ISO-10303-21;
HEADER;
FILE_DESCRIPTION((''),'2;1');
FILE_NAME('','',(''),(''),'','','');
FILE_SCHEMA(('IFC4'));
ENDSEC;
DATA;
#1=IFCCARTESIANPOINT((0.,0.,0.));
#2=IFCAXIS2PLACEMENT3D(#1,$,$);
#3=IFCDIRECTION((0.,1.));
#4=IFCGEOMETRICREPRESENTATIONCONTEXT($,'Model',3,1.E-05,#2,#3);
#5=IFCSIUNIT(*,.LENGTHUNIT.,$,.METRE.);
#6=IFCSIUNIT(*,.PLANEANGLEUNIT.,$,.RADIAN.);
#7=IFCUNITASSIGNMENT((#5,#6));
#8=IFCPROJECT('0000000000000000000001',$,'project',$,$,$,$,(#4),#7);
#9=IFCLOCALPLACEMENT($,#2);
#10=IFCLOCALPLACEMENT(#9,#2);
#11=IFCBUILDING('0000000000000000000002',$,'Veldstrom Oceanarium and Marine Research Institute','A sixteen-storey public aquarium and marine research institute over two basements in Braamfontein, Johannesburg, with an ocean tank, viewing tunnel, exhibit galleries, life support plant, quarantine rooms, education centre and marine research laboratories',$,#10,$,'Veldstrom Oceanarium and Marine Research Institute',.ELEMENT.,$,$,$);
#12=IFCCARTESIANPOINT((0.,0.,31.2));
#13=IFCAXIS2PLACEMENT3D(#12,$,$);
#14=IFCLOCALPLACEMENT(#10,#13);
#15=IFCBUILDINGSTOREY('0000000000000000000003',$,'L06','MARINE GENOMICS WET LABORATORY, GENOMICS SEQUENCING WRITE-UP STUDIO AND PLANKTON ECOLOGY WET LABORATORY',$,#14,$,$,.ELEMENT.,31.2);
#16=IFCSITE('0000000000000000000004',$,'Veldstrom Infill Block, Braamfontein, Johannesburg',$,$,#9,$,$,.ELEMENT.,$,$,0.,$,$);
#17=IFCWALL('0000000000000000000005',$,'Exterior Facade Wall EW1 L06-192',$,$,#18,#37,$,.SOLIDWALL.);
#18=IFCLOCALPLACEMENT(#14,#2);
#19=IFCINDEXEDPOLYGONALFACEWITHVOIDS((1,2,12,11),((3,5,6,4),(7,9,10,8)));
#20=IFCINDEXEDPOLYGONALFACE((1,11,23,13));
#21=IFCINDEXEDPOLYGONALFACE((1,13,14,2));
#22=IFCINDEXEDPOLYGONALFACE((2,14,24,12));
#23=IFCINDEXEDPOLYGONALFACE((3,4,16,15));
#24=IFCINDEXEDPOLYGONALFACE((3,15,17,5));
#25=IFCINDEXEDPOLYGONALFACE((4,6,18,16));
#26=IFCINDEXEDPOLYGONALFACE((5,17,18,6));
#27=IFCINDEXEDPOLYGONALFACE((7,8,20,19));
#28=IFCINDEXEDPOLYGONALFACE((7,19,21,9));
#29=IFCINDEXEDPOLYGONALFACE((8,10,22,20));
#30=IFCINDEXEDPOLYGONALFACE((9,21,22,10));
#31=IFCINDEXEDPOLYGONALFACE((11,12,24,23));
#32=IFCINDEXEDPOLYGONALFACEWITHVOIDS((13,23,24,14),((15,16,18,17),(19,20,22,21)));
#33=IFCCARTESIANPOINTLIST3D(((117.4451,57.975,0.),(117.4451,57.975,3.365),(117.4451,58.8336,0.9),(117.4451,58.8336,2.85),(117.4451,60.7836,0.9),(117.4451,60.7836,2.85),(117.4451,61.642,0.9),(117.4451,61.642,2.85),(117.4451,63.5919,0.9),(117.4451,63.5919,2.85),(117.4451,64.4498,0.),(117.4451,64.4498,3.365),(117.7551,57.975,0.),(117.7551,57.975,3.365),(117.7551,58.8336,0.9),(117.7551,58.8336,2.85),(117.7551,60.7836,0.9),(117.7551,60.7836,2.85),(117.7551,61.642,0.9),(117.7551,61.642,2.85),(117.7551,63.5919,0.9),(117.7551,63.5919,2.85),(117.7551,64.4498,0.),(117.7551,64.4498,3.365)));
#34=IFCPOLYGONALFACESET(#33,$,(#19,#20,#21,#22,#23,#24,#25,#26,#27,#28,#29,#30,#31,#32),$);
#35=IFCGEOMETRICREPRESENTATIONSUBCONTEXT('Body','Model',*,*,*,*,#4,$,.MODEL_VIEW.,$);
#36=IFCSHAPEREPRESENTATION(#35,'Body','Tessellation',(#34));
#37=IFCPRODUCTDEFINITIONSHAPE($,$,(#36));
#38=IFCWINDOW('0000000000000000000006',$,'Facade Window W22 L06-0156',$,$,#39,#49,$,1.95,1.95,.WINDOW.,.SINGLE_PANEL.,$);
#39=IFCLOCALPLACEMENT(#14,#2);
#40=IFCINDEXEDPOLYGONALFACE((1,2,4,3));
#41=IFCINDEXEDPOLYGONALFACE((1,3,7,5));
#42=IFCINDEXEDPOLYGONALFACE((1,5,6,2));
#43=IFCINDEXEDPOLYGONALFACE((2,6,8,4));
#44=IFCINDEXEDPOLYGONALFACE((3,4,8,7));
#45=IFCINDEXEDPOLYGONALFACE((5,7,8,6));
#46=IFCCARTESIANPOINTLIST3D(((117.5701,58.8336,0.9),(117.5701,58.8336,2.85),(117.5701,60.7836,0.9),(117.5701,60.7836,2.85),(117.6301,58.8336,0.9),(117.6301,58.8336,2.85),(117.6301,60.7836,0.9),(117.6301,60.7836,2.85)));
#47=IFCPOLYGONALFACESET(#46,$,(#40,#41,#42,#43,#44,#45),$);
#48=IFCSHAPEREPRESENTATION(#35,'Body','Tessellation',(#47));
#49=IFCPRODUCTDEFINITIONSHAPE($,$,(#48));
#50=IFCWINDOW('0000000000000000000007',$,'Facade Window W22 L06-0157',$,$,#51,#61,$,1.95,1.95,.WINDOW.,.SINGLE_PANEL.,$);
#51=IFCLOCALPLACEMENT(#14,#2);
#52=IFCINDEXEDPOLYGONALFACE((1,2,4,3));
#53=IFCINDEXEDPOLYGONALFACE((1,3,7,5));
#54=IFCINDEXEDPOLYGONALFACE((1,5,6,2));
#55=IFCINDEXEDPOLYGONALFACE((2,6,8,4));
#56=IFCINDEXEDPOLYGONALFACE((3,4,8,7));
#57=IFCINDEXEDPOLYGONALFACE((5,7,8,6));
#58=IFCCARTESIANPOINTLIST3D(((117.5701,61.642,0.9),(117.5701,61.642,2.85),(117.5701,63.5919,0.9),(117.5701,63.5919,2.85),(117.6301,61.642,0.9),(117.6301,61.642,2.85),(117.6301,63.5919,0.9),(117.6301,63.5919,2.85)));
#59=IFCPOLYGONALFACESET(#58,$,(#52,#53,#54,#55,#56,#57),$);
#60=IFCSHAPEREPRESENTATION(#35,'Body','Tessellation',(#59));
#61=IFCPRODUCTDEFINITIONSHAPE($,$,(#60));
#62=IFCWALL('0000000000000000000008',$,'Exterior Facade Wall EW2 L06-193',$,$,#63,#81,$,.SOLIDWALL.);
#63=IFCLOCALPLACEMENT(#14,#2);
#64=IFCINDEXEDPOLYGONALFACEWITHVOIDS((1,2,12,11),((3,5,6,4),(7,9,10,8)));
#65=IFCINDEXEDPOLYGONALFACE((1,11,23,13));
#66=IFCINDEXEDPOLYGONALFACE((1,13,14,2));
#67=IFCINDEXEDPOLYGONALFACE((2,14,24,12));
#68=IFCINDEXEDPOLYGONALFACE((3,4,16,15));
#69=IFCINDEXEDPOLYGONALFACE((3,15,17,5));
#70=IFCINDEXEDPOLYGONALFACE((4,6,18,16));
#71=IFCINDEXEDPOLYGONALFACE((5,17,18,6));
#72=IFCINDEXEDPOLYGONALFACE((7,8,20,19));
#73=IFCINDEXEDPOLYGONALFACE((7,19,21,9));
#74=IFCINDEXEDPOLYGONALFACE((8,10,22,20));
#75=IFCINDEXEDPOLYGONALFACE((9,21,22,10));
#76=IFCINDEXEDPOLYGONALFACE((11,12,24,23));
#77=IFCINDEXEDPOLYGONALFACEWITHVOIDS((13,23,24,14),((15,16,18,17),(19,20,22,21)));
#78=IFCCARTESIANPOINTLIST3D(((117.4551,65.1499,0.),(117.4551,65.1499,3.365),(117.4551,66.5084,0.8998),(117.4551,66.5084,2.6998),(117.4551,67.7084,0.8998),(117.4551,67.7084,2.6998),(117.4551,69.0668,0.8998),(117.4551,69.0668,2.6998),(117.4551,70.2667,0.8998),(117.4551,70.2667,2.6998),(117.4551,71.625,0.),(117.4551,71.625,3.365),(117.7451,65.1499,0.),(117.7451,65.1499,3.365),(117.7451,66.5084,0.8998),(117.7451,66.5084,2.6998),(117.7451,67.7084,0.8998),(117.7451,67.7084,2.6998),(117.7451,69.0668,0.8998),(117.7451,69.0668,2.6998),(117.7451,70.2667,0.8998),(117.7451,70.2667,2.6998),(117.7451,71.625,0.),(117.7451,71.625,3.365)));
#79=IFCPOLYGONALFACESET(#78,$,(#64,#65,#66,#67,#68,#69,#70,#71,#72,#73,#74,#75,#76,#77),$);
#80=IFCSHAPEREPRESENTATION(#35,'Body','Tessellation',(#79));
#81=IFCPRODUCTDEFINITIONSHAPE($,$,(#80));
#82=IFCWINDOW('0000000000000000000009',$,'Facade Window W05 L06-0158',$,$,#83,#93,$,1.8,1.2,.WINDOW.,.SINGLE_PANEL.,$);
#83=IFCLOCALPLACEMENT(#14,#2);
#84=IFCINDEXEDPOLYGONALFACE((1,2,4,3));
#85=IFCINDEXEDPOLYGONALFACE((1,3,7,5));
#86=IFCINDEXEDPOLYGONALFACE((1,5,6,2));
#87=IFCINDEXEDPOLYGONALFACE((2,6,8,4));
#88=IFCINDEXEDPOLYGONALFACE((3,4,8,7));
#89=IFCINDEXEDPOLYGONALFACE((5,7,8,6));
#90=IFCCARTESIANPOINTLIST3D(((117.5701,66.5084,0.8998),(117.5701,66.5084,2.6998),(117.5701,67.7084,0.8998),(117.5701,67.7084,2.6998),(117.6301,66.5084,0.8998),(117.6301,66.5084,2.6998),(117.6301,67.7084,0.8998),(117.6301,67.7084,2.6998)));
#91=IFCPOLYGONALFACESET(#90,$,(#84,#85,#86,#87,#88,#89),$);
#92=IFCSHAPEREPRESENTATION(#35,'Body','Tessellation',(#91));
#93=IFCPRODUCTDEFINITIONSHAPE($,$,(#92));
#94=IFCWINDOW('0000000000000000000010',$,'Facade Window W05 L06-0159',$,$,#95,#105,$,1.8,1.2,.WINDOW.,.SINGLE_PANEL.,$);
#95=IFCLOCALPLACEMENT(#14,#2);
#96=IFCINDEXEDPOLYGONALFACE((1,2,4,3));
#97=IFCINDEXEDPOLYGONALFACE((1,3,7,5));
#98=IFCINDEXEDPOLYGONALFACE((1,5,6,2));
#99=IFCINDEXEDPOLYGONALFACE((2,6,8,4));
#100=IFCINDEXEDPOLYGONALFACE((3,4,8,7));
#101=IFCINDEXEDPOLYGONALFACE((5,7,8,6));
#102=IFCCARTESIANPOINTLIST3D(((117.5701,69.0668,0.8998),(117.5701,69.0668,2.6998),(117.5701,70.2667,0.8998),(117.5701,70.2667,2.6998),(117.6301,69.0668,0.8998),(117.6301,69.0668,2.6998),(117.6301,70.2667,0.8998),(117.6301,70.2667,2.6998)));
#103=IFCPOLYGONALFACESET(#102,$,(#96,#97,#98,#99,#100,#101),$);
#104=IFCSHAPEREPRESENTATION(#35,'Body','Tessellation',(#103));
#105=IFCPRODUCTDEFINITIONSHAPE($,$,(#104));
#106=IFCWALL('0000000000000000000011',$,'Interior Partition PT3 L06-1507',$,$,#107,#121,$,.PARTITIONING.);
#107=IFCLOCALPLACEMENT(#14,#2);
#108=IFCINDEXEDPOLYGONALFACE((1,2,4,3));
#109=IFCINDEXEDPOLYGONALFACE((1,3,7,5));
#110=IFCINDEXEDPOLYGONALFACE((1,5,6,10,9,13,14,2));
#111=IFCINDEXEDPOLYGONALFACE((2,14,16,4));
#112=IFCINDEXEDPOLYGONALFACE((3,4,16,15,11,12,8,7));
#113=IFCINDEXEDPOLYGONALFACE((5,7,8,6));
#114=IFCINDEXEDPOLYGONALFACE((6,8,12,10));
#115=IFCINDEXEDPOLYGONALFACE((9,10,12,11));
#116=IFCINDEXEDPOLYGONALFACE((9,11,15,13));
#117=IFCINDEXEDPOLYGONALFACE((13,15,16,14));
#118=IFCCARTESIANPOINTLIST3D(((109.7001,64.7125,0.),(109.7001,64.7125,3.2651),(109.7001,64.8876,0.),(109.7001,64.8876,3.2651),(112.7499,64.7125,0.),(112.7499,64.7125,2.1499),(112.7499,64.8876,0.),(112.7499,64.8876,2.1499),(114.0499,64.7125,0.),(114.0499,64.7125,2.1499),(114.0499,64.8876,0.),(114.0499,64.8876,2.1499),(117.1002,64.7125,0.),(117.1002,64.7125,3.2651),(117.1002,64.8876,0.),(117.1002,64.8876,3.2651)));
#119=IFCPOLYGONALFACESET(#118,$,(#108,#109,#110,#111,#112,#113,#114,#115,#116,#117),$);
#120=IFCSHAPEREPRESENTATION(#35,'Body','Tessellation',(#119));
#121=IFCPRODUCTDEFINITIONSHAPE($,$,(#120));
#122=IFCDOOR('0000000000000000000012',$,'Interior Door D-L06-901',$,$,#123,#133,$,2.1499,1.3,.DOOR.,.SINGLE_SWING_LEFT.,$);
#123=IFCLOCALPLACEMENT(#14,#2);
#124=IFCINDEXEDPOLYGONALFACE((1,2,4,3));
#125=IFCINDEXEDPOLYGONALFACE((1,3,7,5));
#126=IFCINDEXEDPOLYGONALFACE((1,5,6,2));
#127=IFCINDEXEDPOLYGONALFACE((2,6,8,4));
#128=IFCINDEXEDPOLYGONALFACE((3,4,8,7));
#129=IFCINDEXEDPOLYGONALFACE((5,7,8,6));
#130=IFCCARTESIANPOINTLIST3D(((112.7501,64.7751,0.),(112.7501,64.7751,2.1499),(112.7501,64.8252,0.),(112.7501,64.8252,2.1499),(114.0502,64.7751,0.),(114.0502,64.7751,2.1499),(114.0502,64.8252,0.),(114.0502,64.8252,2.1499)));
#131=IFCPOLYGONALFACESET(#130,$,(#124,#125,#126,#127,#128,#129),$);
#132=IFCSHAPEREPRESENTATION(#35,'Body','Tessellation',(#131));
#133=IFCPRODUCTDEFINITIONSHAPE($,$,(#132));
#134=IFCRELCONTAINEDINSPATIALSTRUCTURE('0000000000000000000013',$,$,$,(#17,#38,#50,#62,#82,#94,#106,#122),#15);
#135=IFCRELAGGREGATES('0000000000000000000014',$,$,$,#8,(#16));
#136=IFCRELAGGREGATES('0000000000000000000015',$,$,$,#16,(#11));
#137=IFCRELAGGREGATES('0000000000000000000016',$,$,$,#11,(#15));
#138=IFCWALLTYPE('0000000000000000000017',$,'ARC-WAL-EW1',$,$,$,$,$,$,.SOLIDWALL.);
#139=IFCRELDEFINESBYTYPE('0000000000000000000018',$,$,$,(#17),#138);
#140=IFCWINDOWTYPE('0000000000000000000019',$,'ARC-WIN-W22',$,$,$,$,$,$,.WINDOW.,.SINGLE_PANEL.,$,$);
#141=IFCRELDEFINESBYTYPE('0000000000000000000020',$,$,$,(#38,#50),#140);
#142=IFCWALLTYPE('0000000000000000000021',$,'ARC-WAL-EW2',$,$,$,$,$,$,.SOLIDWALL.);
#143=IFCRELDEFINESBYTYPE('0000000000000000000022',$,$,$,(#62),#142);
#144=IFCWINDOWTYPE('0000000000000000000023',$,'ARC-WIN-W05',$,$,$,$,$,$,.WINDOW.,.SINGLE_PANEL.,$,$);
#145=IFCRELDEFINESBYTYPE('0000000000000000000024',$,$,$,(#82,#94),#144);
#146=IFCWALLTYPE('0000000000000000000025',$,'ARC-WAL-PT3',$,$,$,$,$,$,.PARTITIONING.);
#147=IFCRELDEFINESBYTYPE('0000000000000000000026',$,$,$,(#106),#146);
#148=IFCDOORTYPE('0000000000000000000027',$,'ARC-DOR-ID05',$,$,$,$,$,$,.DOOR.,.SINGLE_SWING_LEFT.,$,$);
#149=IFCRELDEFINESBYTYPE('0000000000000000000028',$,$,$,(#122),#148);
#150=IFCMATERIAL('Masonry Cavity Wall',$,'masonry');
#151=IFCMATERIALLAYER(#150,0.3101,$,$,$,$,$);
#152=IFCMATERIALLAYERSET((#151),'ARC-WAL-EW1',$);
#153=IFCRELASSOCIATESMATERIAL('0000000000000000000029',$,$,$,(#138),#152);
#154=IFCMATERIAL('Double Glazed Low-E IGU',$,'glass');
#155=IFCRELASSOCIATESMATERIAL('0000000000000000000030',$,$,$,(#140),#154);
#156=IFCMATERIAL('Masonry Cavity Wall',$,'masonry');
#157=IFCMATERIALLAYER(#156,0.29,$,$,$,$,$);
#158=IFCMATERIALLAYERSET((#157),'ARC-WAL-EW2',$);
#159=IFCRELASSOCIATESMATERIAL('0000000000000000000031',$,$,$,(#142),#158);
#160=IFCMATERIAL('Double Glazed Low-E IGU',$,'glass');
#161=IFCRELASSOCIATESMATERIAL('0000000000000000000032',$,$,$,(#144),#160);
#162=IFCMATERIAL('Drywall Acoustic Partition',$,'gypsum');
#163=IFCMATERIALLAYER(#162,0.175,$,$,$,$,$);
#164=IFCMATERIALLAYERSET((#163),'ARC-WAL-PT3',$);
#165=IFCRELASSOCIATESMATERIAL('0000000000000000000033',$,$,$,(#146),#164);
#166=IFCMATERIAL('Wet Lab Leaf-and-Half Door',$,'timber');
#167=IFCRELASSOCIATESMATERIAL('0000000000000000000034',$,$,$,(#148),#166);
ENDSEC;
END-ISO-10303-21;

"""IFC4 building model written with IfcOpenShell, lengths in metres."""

from ifc_helpers import new_model, si_unit, direction, frame, frame_2d, origin, place, context, subcontext, project, spatial, rectangle, extrude, material, layer, layer_set, type_object, element, fill, save


model = new_model("IFC4")

# Units and contexts
model_context = context("Model", 3, precision=1e-05, world=origin(), true_north=direction((0.0, 1.0)))
body_context = subcontext(model_context, "Body", "Model", "MODEL_VIEW")
ifc_project = project(units=[si_unit("LENGTHUNIT", "METRE"), si_unit("PLANEANGLEUNIT", "RADIAN")], contexts=[model_context])

# Site, building, storey
site_placement = place(None, origin())
site = spatial("IfcSite", under=ifc_project, at=site_placement, Name="Veldstrom Infill Block, Braamfontein, Johannesburg", CompositionType="ELEMENT", RefElevation=0.0)
building_placement = place(site_placement, origin())
building = spatial("IfcBuilding", under=site, at=building_placement, Name="Veldstrom Oceanarium and Marine Research Institute", Description="A sixteen-storey public aquarium and marine research institute over two basements in Braamfontein, Johannesburg, with an ocean tank, viewing tunnel, exhibit galleries, life support plant, quarantine rooms, education centre and marine research laboratories", LongName="Veldstrom Oceanarium and Marine Research Institute", CompositionType="ELEMENT")
storey_placement = place(building_placement, frame((0.0, 0.0, 31.2)))
storey = spatial("IfcBuildingStorey", under=building, at=storey_placement, Name="L06", Description="MARINE GENOMICS WET LABORATORY, GENOMICS SEQUENCING WRITE-UP STUDIO AND PLANKTON ECOLOGY WET LABORATORY", CompositionType="ELEMENT", Elevation=31.2)

# Walls, openings, windows
ifc_material_1 = material(Name="Masonry Cavity Wall", Category="masonry")
ifc_layer_1 = layer(ifc_material_1, 0.3101)
ifc_layer_set_1 = layer_set([ifc_layer_1], Name="ARC-WAL-EW1")
wall_type_1 = type_object("IfcWallType", Name="ARC-WAL-EW1", PredefinedType="SOLIDWALL", material=ifc_layer_set_1)
wall_1_placement = place(storey_placement, frame((117.6001, 57.9751, 0.0), z_axis=(0.0, 0.0, 1.0), x_axis=(0.0, 1.0, 0.0)))
wall_1 = element("IfcWall", 1, at=wall_1_placement, inside=storey, type_object=wall_type_1, Name="Exterior Facade Wall EW1 L06-192", PredefinedType="SOLIDWALL", context=body_context, shape_type="SweptSolid", body=[
    extrude(rectangle(XDim=6.4749, YDim=0.3101, at=frame_2d((3.2373, 0.0))), origin(), (0.0, 0.0, 1.0), 3.365),
])
opening_1_placement = place(wall_1_placement, frame((0.8584, 0.0, 0.8999)))
opening_1 = element("IfcOpeningElement", 2, at=opening_1_placement, cuts=wall_1, PredefinedType="OPENING", context=body_context, shape_type="SweptSolid", body=[
    extrude(rectangle(XDim=1.95, YDim=1.95, at=frame_2d((0.9751, 0.9751))), frame((0.0, 0.165, 0.0), z_axis=(0.0, -1.0, 0.0), x_axis=(1.0, 0.0, 0.0)), (0.0, 0.0, 1.0), 0.3301),
])
opening_2_placement = place(wall_1_placement, frame((3.6667, 0.0, 0.8999)))
opening_2 = element("IfcOpeningElement", 3, at=opening_2_placement, cuts=wall_1, PredefinedType="OPENING", context=body_context, shape_type="SweptSolid", body=[
    extrude(rectangle(XDim=1.95, YDim=1.95, at=frame_2d((0.9751, 0.9751))), frame((0.0, 0.165, 0.0), z_axis=(0.0, -1.0, 0.0), x_axis=(1.0, 0.0, 0.0)), (0.0, 0.0, 1.0), 0.3301),
])
ifc_material_2 = material(Name="Double Glazed Low-E IGU", Category="glass")
window_type_1 = type_object("IfcWindowType", Name="ARC-WIN-W22", PartitioningType="SINGLE_PANEL", PredefinedType="WINDOW", material=ifc_material_2)
window_1_placement = place(opening_1_placement, origin())
window_1 = element("IfcWindow", 4, at=window_1_placement, inside=storey, type_object=window_type_1, Name="Facade Window W22 L06-0156", OverallHeight=1.95, OverallWidth=1.95, PartitioningType="SINGLE_PANEL", PredefinedType="WINDOW", context=body_context, shape_type="SweptSolid", body=[
    extrude(rectangle(XDim=1.95, YDim=1.95, at=frame_2d((0.9751, 0.9751))), frame((0.0, 0.03, 0.0), z_axis=(0.0, -1.0, 0.0), x_axis=(1.0, 0.0, 0.0)), (0.0, 0.0, 1.0), 0.0601),
])
fill(opening_1, window_1)
window_2_placement = place(opening_2_placement, origin())
window_2 = element("IfcWindow", 5, at=window_2_placement, inside=storey, type_object=window_type_1, Name="Facade Window W22 L06-0157", OverallHeight=1.95, OverallWidth=1.95, PartitioningType="SINGLE_PANEL", PredefinedType="WINDOW", context=body_context, shape_type="SweptSolid", body=[
    extrude(rectangle(XDim=1.95, YDim=1.95, at=frame_2d((0.9751, 0.9751))), frame((0.0, 0.03, 0.0), z_axis=(0.0, -1.0, 0.0), x_axis=(1.0, 0.0, 0.0)), (0.0, 0.0, 1.0), 0.0601),
])
fill(opening_2, window_2)
ifc_material_3 = material(Name="Masonry Cavity Wall", Category="masonry")
ifc_layer_2 = layer(ifc_material_3, 0.29)
ifc_layer_set_2 = layer_set([ifc_layer_2], Name="ARC-WAL-EW2")
wall_type_2 = type_object("IfcWallType", Name="ARC-WAL-EW2", PredefinedType="SOLIDWALL", material=ifc_layer_set_2)
wall_2_placement = place(storey_placement, frame((117.6001, 65.1499, 0.0), z_axis=(0.0, 0.0, 1.0), x_axis=(0.0, 1.0, 0.0)))
wall_2 = element("IfcWall", 6, at=wall_2_placement, inside=storey, type_object=wall_type_2, Name="Exterior Facade Wall EW2 L06-193", PredefinedType="SOLIDWALL", context=body_context, shape_type="SweptSolid", body=[
    extrude(rectangle(XDim=6.4751, YDim=0.29, at=frame_2d((3.2375, 0.0))), origin(), (0.0, 0.0, 1.0), 3.365),
])
opening_3_placement = place(wall_2_placement, frame((1.3584, 0.0, 0.8999)))
opening_3 = element("IfcOpeningElement", 7, at=opening_3_placement, cuts=wall_2, PredefinedType="OPENING", context=body_context, shape_type="SweptSolid", body=[
    extrude(rectangle(XDim=1.2, YDim=1.8, at=frame_2d((0.6001, 0.8999))), frame((0.0, 0.155, 0.0), z_axis=(0.0, -1.0, 0.0), x_axis=(1.0, 0.0, 0.0)), (0.0, 0.0, 1.0), 0.3101),
])
opening_4_placement = place(wall_2_placement, frame((3.9167, 0.0, 0.8999)))
opening_4 = element("IfcOpeningElement", 8, at=opening_4_placement, cuts=wall_2, PredefinedType="OPENING", context=body_context, shape_type="SweptSolid", body=[
    extrude(rectangle(XDim=1.2, YDim=1.8, at=frame_2d((0.6001, 0.8999))), frame((0.0, 0.155, 0.0), z_axis=(0.0, -1.0, 0.0), x_axis=(1.0, 0.0, 0.0)), (0.0, 0.0, 1.0), 0.3101),
])
ifc_material_4 = material(Name="Double Glazed Low-E IGU", Category="glass")
window_type_2 = type_object("IfcWindowType", Name="ARC-WIN-W05", PartitioningType="SINGLE_PANEL", PredefinedType="WINDOW", material=ifc_material_4)
window_3_placement = place(opening_3_placement, origin())
window_3 = element("IfcWindow", 9, at=window_3_placement, inside=storey, type_object=window_type_2, Name="Facade Window W05 L06-0158", OverallHeight=1.8, OverallWidth=1.2, PartitioningType="SINGLE_PANEL", PredefinedType="WINDOW", context=body_context, shape_type="SweptSolid", body=[
    extrude(rectangle(XDim=1.2, YDim=1.8, at=frame_2d((0.6001, 0.8999))), frame((0.0, 0.03, 0.0), z_axis=(0.0, -1.0, 0.0), x_axis=(1.0, 0.0, 0.0)), (0.0, 0.0, 1.0), 0.0601),
])
fill(opening_3, window_3)
window_4_placement = place(opening_4_placement, origin())
window_4 = element("IfcWindow", 10, at=window_4_placement, inside=storey, type_object=window_type_2, Name="Facade Window W05 L06-0159", OverallHeight=1.8, OverallWidth=1.2, PartitioningType="SINGLE_PANEL", PredefinedType="WINDOW", context=body_context, shape_type="SweptSolid", body=[
    extrude(rectangle(XDim=1.2, YDim=1.8, at=frame_2d((0.6001, 0.8999))), frame((0.0, 0.03, 0.0), z_axis=(0.0, -1.0, 0.0), x_axis=(1.0, 0.0, 0.0)), (0.0, 0.0, 1.0), 0.0601),
])
fill(opening_4, window_4)

# Wall, opening, door
ifc_material_5 = material(Name="Drywall Acoustic Partition", Category="gypsum")
ifc_layer_3 = layer(ifc_material_5, 0.175)
ifc_layer_set_3 = layer_set([ifc_layer_3], Name="ARC-WAL-PT3")
wall_type_3 = type_object("IfcWallType", Name="ARC-WAL-PT3", PredefinedType="PARTITIONING", material=ifc_layer_set_3)
wall_3_placement = place(storey_placement, frame((109.7, 64.8, 0.0), z_axis=(0.0, 0.0, 1.0), x_axis=(1.0, 0.0, 0.0)))
wall_3 = element("IfcWall", 11, at=wall_3_placement, inside=storey, type_object=wall_type_3, Name="Interior Partition PT3 L06-1507", PredefinedType="PARTITIONING", context=body_context, shape_type="SweptSolid", body=[
    extrude(rectangle(XDim=7.4001, YDim=0.175, at=frame_2d((3.7002, 0.0))), origin(), (0.0, 0.0, 1.0), 3.2651),
])
opening_5_placement = place(wall_3_placement, frame((3.05, 0.0, 0.0)))
opening_5 = element("IfcOpeningElement", 12, at=opening_5_placement, cuts=wall_3, PredefinedType="OPENING", context=body_context, shape_type="SweptSolid", body=[
    extrude(rectangle(XDim=1.3, YDim=2.1499, at=frame_2d((0.6499, 1.075))), frame((0.0, 0.0974, 0.0), z_axis=(0.0, -1.0, 0.0), x_axis=(1.0, 0.0, 0.0)), (0.0, 0.0, 1.0), 0.1951),
])
ifc_material_6 = material(Name="Wet Lab Leaf-and-Half Door", Category="timber")
door_type_1 = type_object("IfcDoorType", Name="ARC-DOR-ID05", OperationType="SINGLE_SWING_LEFT", PredefinedType="DOOR", material=ifc_material_6)
door_1_placement = place(opening_5_placement, frame((1.3, 0.0, 0.0), z_axis=(0.0, 0.0, 1.0), x_axis=(-1.0, 0.0, 0.0)))
door_1 = element("IfcDoor", 13, at=door_1_placement, inside=storey, type_object=door_type_1, Name="Interior Door D-L06-901", OperationType="SINGLE_SWING_LEFT", OverallHeight=2.1499, OverallWidth=1.3, PredefinedType="DOOR", context=body_context, shape_type="SweptSolid", body=[
    extrude(rectangle(XDim=1.3, YDim=2.1499, at=frame_2d((0.6499, 1.075))), frame((0.0, 0.0249, 0.0), z_axis=(0.0, -1.0, 0.0), x_axis=(1.0, 0.0, 0.0)), (0.0, 0.0, 1.0), 0.05),
])
fill(opening_5, door_1)

save(model, "model.ifc")
